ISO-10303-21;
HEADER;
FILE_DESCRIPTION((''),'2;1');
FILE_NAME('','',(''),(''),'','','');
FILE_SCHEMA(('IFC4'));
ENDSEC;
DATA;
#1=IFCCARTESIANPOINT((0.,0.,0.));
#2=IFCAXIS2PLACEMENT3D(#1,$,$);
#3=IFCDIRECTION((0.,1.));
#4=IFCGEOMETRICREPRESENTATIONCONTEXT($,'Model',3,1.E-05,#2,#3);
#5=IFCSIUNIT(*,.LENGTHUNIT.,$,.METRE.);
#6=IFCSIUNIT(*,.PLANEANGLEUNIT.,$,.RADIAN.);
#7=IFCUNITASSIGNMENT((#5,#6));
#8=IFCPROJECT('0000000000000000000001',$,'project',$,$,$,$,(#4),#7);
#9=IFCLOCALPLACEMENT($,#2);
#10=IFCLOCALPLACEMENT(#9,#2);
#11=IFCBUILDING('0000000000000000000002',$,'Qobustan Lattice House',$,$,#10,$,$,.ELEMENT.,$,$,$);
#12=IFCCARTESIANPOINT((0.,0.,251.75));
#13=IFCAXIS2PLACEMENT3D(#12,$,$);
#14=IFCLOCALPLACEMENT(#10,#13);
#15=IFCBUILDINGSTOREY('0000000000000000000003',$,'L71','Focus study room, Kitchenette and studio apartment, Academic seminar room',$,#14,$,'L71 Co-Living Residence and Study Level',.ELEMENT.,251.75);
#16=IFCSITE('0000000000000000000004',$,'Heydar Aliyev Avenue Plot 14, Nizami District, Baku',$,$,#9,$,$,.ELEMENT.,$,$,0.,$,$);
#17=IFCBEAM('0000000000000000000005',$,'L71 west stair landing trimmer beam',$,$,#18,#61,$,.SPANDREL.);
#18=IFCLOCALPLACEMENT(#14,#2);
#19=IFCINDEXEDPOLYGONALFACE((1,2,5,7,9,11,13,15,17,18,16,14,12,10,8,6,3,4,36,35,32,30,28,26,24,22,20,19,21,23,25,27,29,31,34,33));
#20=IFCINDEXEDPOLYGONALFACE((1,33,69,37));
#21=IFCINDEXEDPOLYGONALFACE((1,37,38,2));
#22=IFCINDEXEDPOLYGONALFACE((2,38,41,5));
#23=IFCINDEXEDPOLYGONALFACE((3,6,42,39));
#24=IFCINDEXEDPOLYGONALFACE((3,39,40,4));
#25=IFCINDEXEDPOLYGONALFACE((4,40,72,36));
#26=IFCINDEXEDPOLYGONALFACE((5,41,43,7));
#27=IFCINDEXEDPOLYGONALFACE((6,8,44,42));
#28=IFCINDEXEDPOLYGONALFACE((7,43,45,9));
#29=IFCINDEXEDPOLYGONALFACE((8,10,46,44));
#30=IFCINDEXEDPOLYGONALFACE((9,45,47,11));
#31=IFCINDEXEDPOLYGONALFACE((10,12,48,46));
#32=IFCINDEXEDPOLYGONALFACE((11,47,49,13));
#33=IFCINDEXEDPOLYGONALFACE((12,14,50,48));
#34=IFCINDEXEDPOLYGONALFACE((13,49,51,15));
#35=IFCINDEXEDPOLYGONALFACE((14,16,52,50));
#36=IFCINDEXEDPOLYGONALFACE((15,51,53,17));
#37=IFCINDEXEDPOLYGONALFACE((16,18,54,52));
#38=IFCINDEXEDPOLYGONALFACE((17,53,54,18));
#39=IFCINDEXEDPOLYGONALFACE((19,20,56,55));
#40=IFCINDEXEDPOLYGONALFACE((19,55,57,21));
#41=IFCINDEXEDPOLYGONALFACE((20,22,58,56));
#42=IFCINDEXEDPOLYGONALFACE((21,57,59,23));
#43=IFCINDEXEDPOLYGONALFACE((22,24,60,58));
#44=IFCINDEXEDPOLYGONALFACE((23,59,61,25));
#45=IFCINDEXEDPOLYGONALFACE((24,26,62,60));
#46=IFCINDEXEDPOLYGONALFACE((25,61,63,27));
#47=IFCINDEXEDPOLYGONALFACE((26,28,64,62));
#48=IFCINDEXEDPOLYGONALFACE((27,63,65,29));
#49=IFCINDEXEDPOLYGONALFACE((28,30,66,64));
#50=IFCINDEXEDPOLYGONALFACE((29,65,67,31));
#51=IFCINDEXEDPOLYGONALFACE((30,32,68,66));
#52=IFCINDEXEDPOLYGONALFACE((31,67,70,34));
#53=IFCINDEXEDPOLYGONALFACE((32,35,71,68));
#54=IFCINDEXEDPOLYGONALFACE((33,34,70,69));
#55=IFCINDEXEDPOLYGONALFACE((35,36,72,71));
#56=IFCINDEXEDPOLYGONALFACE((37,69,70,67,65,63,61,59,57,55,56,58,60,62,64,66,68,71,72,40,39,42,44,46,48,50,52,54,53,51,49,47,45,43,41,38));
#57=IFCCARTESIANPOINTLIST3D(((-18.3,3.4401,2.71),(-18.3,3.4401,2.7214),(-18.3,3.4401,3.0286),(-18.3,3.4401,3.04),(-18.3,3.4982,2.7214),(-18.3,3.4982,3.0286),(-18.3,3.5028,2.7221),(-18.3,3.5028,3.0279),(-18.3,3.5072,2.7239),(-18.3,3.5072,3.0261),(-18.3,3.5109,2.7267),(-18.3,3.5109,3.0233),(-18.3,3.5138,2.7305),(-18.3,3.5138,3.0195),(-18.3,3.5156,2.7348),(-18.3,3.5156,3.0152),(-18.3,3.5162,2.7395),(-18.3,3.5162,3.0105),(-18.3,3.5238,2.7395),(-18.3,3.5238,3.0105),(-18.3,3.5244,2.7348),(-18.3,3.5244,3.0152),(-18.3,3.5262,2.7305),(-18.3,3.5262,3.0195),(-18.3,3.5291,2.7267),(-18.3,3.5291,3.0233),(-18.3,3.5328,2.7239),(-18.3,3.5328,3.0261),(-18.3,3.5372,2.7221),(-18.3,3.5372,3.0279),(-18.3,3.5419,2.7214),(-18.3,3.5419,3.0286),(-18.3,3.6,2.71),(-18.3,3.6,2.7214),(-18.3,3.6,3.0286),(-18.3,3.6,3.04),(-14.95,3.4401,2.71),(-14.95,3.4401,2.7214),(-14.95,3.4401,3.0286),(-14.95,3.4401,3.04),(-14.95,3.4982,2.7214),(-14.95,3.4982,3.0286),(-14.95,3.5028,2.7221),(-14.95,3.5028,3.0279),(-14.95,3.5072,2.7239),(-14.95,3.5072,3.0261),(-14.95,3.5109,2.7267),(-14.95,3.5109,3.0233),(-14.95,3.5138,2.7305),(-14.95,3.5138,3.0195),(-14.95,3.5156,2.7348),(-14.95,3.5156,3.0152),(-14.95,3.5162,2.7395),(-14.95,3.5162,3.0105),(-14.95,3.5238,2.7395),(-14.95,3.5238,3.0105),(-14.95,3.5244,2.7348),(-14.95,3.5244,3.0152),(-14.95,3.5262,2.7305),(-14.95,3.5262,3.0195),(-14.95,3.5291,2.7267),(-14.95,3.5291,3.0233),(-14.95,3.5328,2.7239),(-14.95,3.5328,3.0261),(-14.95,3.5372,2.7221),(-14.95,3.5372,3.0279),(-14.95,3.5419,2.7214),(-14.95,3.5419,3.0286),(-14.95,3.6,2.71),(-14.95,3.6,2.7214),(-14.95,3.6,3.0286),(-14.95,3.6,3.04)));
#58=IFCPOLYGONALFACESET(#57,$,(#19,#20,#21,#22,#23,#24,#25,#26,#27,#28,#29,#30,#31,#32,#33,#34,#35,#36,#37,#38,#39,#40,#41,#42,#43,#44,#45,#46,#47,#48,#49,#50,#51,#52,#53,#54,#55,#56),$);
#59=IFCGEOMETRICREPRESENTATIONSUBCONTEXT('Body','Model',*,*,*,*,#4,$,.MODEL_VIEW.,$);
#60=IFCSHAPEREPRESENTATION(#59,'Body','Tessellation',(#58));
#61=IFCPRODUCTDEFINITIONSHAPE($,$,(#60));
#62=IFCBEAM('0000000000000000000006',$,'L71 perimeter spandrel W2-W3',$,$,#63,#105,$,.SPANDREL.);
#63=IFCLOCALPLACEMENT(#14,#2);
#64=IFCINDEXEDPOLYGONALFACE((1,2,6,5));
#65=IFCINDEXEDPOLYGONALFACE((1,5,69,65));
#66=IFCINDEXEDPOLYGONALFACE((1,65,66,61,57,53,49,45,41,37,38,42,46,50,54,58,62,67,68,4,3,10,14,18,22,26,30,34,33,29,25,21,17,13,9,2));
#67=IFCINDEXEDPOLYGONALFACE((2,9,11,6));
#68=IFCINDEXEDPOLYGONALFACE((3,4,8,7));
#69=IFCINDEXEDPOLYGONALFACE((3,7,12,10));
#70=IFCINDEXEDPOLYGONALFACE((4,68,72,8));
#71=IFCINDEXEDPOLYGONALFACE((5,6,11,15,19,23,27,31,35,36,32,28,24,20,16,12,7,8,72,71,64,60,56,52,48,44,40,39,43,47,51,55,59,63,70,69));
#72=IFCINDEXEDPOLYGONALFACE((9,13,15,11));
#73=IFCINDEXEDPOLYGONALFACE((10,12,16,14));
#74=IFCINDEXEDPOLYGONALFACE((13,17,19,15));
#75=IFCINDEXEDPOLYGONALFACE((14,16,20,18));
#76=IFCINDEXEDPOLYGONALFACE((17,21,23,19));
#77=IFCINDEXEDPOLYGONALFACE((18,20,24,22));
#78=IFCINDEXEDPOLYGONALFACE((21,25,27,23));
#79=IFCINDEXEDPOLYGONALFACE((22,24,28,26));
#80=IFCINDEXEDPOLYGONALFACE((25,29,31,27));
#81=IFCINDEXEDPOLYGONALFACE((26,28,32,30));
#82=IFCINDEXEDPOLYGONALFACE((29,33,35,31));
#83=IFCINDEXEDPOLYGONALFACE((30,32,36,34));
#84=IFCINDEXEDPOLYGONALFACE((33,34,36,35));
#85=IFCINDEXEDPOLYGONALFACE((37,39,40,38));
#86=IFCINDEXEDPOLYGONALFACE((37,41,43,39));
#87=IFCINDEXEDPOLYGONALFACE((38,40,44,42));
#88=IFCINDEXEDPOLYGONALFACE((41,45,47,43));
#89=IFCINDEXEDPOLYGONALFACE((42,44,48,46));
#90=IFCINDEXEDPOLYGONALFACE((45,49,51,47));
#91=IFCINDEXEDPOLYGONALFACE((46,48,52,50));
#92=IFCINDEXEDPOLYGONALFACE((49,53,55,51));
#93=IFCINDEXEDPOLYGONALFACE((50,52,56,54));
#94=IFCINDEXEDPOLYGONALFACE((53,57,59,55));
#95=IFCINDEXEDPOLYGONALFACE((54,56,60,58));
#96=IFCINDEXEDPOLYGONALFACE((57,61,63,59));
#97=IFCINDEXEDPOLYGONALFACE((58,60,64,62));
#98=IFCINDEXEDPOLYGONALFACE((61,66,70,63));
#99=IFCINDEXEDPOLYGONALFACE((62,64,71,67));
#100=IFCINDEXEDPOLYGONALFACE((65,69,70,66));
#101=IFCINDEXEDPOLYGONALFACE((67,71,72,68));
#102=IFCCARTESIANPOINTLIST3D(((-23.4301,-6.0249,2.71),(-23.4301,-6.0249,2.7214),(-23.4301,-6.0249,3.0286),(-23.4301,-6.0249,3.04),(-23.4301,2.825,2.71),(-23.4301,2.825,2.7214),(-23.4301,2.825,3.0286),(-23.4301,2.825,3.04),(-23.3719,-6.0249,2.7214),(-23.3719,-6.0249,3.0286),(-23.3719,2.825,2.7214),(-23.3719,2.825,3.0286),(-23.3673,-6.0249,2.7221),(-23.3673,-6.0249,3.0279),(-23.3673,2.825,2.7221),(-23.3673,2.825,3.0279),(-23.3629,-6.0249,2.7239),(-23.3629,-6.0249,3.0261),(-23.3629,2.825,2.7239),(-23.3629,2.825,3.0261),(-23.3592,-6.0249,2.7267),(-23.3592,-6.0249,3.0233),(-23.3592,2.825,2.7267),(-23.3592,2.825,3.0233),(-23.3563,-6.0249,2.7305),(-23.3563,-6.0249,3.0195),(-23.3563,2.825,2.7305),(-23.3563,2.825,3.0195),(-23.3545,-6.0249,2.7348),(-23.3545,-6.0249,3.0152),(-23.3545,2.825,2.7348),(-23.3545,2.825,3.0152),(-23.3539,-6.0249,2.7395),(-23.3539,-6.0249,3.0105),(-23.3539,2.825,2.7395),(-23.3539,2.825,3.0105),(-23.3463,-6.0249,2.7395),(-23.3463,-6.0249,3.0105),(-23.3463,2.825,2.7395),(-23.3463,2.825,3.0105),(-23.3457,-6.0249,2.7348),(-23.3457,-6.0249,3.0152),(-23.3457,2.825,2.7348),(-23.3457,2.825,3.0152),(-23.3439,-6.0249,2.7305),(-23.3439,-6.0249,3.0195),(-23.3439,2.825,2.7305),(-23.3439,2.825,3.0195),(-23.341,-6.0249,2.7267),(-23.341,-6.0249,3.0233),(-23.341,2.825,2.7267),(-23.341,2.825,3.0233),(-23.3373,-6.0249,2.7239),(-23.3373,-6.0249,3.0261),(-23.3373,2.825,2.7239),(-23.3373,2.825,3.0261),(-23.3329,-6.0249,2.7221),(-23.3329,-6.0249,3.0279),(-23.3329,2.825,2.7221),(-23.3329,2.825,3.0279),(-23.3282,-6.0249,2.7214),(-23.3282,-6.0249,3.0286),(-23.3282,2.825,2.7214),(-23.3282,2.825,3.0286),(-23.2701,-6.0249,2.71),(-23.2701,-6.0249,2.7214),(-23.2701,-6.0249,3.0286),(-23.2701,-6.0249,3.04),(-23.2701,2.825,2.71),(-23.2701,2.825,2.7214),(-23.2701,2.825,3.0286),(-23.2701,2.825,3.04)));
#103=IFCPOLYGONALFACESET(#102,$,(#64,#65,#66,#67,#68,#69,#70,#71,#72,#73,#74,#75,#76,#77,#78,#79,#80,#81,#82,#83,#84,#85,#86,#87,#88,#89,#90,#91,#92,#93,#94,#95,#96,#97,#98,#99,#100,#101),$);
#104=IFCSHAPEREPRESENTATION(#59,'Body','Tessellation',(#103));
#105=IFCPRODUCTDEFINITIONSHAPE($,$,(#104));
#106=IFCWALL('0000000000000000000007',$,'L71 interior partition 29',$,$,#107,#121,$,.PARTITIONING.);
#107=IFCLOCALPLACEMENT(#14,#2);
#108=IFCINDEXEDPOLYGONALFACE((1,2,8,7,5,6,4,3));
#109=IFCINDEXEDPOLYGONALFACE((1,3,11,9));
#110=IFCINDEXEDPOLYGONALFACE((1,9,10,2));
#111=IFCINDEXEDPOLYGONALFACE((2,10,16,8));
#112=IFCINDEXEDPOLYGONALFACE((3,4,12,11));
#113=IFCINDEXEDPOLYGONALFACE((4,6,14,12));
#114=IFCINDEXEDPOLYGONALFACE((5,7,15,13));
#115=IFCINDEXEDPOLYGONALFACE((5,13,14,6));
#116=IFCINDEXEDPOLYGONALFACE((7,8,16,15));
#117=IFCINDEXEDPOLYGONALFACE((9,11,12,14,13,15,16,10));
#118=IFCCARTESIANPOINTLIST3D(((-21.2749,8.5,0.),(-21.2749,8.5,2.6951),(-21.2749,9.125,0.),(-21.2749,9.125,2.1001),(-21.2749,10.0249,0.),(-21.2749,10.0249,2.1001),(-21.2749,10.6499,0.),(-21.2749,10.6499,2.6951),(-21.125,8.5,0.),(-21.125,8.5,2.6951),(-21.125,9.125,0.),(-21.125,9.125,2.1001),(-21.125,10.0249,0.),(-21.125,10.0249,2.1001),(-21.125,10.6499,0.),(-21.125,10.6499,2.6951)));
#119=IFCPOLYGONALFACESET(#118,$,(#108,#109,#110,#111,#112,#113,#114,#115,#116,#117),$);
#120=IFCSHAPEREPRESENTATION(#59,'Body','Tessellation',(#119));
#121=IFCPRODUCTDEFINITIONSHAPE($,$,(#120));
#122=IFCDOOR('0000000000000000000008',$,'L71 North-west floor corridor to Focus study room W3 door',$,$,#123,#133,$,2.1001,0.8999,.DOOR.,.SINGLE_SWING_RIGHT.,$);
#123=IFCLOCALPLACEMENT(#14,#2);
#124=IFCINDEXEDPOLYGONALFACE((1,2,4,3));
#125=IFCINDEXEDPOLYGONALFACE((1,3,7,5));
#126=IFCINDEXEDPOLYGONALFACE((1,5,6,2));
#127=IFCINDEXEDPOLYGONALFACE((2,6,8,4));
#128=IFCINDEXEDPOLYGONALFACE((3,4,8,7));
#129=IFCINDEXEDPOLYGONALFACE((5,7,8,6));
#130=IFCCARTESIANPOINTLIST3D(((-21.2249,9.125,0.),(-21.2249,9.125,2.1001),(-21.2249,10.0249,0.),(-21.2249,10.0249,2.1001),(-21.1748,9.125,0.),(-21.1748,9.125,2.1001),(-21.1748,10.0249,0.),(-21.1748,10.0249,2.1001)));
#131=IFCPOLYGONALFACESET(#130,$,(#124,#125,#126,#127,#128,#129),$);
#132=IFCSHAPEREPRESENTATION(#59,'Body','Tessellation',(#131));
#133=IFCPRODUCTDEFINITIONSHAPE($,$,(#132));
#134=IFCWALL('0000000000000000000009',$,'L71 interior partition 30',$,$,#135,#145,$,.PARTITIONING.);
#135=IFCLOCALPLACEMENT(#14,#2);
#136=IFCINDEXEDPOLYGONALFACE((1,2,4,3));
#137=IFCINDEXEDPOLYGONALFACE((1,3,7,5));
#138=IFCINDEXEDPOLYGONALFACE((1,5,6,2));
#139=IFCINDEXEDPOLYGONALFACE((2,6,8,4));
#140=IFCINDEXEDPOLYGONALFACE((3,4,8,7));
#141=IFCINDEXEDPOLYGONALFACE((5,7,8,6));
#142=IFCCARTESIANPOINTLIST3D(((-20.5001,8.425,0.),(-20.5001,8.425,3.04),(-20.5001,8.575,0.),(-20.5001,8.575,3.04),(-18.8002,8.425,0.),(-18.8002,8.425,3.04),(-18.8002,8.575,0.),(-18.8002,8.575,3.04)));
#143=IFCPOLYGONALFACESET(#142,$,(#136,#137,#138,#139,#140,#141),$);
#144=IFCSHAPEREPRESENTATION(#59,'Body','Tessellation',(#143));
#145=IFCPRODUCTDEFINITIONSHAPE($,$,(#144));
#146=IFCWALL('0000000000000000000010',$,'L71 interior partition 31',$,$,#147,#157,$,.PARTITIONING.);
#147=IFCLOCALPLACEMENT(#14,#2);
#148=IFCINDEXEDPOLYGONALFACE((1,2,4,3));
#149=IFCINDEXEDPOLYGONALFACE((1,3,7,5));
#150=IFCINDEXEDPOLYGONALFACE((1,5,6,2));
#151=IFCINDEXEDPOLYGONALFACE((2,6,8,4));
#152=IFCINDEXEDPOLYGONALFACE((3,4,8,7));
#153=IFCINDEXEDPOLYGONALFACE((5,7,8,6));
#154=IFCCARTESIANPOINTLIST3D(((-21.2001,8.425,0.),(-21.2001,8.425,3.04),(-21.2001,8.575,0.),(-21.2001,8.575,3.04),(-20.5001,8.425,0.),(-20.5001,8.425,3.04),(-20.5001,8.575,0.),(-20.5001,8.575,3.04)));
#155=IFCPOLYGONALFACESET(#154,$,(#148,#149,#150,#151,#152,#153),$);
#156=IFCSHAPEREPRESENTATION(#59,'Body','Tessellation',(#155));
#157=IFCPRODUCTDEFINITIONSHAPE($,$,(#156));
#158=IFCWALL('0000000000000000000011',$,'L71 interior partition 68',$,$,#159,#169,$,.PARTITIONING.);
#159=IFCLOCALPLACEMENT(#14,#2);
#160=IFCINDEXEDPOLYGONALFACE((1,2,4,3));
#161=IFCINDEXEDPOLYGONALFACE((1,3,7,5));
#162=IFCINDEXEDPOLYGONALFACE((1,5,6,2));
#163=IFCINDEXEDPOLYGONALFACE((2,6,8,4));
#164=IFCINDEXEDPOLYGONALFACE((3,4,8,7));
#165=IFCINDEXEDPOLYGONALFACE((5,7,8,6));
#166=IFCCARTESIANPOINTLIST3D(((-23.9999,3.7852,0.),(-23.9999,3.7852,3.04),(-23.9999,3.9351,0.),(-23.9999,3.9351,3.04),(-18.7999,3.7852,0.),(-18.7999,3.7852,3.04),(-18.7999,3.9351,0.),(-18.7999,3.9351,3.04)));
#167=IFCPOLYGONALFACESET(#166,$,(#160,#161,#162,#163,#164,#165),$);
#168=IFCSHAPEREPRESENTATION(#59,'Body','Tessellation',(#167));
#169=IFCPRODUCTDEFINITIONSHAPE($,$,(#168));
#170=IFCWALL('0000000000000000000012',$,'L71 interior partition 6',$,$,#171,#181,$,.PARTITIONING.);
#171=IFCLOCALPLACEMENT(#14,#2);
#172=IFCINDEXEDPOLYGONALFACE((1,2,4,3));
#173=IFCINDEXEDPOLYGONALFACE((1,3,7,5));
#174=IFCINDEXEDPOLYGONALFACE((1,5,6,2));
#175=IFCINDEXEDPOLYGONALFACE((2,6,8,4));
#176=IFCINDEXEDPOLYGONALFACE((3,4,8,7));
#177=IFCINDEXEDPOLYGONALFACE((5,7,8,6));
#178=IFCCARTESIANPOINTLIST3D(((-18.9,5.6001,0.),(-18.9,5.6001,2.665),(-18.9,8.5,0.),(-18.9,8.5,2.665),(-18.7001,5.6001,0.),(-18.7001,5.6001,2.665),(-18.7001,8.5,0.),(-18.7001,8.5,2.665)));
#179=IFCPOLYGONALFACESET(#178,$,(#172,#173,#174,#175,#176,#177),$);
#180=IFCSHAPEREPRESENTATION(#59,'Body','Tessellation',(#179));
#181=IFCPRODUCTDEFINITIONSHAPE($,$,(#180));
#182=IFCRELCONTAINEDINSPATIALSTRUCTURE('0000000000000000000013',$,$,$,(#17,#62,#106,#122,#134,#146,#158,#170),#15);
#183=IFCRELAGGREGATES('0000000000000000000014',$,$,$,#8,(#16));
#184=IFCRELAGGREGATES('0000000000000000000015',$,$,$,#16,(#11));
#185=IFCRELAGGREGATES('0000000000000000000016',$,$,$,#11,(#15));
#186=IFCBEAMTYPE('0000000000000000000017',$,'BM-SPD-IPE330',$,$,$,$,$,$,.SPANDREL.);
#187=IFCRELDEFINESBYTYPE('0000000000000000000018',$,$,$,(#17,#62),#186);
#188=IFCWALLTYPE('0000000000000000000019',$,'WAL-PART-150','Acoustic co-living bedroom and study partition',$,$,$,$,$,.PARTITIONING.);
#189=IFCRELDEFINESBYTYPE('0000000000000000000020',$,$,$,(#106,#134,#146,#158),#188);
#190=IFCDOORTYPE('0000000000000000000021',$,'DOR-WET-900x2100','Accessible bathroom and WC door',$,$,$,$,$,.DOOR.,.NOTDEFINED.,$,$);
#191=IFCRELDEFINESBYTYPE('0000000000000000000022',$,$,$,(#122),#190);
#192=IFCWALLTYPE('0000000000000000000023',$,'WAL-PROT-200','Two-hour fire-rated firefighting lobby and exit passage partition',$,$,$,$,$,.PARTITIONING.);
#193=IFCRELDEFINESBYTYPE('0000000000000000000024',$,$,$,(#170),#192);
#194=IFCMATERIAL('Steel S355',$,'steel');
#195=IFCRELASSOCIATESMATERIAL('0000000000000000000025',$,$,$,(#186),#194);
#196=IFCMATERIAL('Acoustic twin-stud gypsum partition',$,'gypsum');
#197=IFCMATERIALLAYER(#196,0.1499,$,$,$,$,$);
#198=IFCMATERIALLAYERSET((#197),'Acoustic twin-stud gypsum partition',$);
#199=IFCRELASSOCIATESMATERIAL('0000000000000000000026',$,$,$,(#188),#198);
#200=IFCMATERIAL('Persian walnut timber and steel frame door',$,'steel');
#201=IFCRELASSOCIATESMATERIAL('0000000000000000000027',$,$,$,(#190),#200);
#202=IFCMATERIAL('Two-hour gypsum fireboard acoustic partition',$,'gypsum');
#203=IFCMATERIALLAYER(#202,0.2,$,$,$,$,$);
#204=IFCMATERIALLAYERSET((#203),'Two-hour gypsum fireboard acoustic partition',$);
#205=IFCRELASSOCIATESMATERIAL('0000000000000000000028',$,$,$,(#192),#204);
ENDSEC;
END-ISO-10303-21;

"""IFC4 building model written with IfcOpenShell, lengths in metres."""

from ifc_helpers import new_model, si_unit, direction, frame, frame_2d, origin, origin_2d, place, context, subcontext, project, spatial, rectangle, i_section, extrude, material, layer, layer_set, material_profile, profile_set, type_object, element, fill, save


model = new_model("IFC4")

# Units and contexts
model_context = context("Model", 3, precision=1e-05, world=origin(), true_north=direction((0.0, 1.0)))
body_context = subcontext(model_context, "Body", "Model", "MODEL_VIEW")
ifc_project = project(units=[si_unit("LENGTHUNIT", "METRE"), si_unit("PLANEANGLEUNIT", "RADIAN")], contexts=[model_context])

# Site, building, storey
site_placement = place(None, origin())
site = spatial("IfcSite", under=ifc_project, at=site_placement, Name="Heydar Aliyev Avenue Plot 14, Nizami District, Baku", CompositionType="ELEMENT", RefElevation=0.0)
building_placement = place(site_placement, origin())
building = spatial("IfcBuilding", under=site, at=building_placement, Name="Qobustan Lattice House", CompositionType="ELEMENT")
storey_placement = place(building_placement, frame((0.0, 0.0, 251.75)))
storey = spatial("IfcBuildingStorey", under=building, at=storey_placement, Name="L71", Description="Focus study room, Kitchenette and studio apartment, Academic seminar room", LongName="L71 Co-Living Residence and Study Level", CompositionType="ELEMENT", Elevation=251.75)

# Beams
ifc_material_1 = material(Name="Steel S355", Category="steel")
ifc_material_profile_1 = material_profile(ifc_material_1, i_section(OverallWidth=0.1599, OverallDepth=0.3301, WebThickness=0.0076, FlangeThickness=0.0115, FilletRadius=0.0181, at=origin_2d()), Name="IPE330")
ifc_profile_set_1 = profile_set([ifc_material_profile_1], Name="Steel S355")
beam_type_1 = type_object("IfcBeamType", Name="BM-SPD-IPE330", PredefinedType="SPANDREL", material=ifc_profile_set_1)
beam_1_placement = place(storey_placement, frame((-18.3, 3.52, 2.875), z_axis=(1.0, 0.0, 0.0), x_axis=(0.0, 1.0, 0.0)))
element("IfcBeam", 1, at=beam_1_placement, inside=storey, type_object=beam_type_1, Name="L71 west stair landing trimmer beam", PredefinedType="SPANDREL", context=body_context, shape_type="SweptSolid", body=[
    extrude(i_section(OverallWidth=0.1599, OverallDepth=0.3301, WebThickness=0.0076, FlangeThickness=0.0115, FilletRadius=0.0181, at=origin_2d()), origin(), (0.0, 0.0, 1.0), 3.3501),
])
beam_2_placement = place(storey_placement, frame((-23.3501, 2.825, 2.875), z_axis=(0.0, -1.0, 0.0), x_axis=(1.0, 0.0, 0.0)))
element("IfcBeam", 2, at=beam_2_placement, inside=storey, type_object=beam_type_1, Name="L71 perimeter spandrel W2-W3", PredefinedType="SPANDREL", context=body_context, shape_type="SweptSolid", body=[
    extrude(i_section(OverallWidth=0.1599, OverallDepth=0.3301, WebThickness=0.0076, FlangeThickness=0.0115, FilletRadius=0.0181, at=origin_2d()), origin(), (0.0, 0.0, 1.0), 8.8499),
])

# Wall, opening, door
ifc_material_2 = material(Name="Acoustic twin-stud gypsum partition", Category="gypsum")
ifc_layer_1 = layer(ifc_material_2, 0.1499)
ifc_layer_set_1 = layer_set([ifc_layer_1], Name="Acoustic twin-stud gypsum partition")
wall_type_1 = type_object("IfcWallType", Name="WAL-PART-150", Description="Acoustic co-living bedroom and study partition", PredefinedType="PARTITIONING", material=ifc_layer_set_1)
wall_1_placement = place(storey_placement, frame((-21.2, 8.5, 0.0), z_axis=(0.0, 0.0, 1.0), x_axis=(0.0, 1.0, 0.0)))
wall_1 = element("IfcWall", 3, at=wall_1_placement, inside=storey, type_object=wall_type_1, Name="L71 interior partition 29", PredefinedType="PARTITIONING", context=body_context, shape_type="SweptSolid", body=[
    extrude(rectangle(XDim=2.1499, YDim=0.1499, at=frame_2d((1.075, 0.0))), origin(), (0.0, 0.0, 1.0), 2.6951),
])
opening_1_placement = place(wall_1_placement, frame((0.625, 0.0, 0.0)))
opening_1 = element("IfcOpeningElement", 4, at=opening_1_placement, cuts=wall_1, PredefinedType="OPENING", context=body_context, shape_type="SweptSolid", body=[
    extrude(rectangle(XDim=0.8999, YDim=2.1001, at=frame_2d((0.45, 1.05))), frame((0.0, 0.085, 0.0), z_axis=(0.0, -1.0, 0.0), x_axis=(1.0, 0.0, 0.0)), (0.0, 0.0, 1.0), 0.1699),
])
ifc_material_3 = material(Name="Persian walnut timber and steel frame door", Category="steel")
door_type_1 = type_object("IfcDoorType", Name="DOR-WET-900x2100", Description="Accessible bathroom and WC door", OperationType="NOTDEFINED", PredefinedType="DOOR", material=ifc_material_3)
door_1_placement = place(opening_1_placement, origin())
door_1 = element("IfcDoor", 5, at=door_1_placement, inside=storey, type_object=door_type_1, Name="L71 North-west floor corridor to Focus study room W3 door", OperationType="SINGLE_SWING_RIGHT", OverallHeight=2.1001, OverallWidth=0.8999, PredefinedType="DOOR", context=body_context, shape_type="SweptSolid", body=[
    extrude(rectangle(XDim=0.8999, YDim=2.1001, at=frame_2d((0.45, 1.05))), frame((0.0, 0.0249, 0.0), z_axis=(0.0, -1.0, 0.0), x_axis=(1.0, 0.0, 0.0)), (0.0, 0.0, 1.0), 0.05),
])
fill(opening_1, door_1)

# Walls
wall_2_placement = place(storey_placement, frame((-18.8, 8.5, 0.0), z_axis=(0.0, 0.0, 1.0), x_axis=(-1.0, 0.0, 0.0)))
element("IfcWall", 6, at=wall_2_placement, inside=storey, type_object=wall_type_1, Name="L71 interior partition 30", PredefinedType="PARTITIONING", context=body_context, shape_type="SweptSolid", body=[
    extrude(rectangle(XDim=1.7, YDim=0.1499, at=frame_2d((0.8501, 0.0))), origin(), (0.0, 0.0, 1.0), 3.04),
])
wall_3_placement = place(storey_placement, frame((-20.5, 8.5, 0.0), z_axis=(0.0, 0.0, 1.0), x_axis=(-1.0, 0.0, 0.0)))
element("IfcWall", 7, at=wall_3_placement, inside=storey, type_object=wall_type_1, Name="L71 interior partition 31", PredefinedType="PARTITIONING", context=body_context, shape_type="SweptSolid", body=[
    extrude(rectangle(XDim=0.7, YDim=0.1499, at=frame_2d((0.3501, 0.0))), origin(), (0.0, 0.0, 1.0), 3.04),
])
wall_4_placement = place(storey_placement, frame((-24.0, 3.8601, 0.0), z_axis=(0.0, 0.0, 1.0), x_axis=(1.0, 0.0, 0.0)))
element("IfcWall", 8, at=wall_4_placement, inside=storey, type_object=wall_type_1, Name="L71 interior partition 68", PredefinedType="PARTITIONING", context=body_context, shape_type="SweptSolid", body=[
    extrude(rectangle(XDim=5.2, YDim=0.1499, at=frame_2d((2.6001, 0.0))), origin(), (0.0, 0.0, 1.0), 3.04),
])
ifc_material_4 = material(Name="Two-hour gypsum fireboard acoustic partition", Category="gypsum")
ifc_layer_2 = layer(ifc_material_4, 0.2)
ifc_layer_set_2 = layer_set([ifc_layer_2], Name="Two-hour gypsum fireboard acoustic partition")
wall_type_2 = type_object("IfcWallType", Name="WAL-PROT-200", Description="Two-hour fire-rated firefighting lobby and exit passage partition", PredefinedType="PARTITIONING", material=ifc_layer_set_2)
wall_5_placement = place(storey_placement, frame((-18.8, 8.5, 0.0), z_axis=(0.0, 0.0, 1.0), x_axis=(0.0, -1.0, 0.0)))
element("IfcWall", 9, at=wall_5_placement, inside=storey, type_object=wall_type_2, Name="L71 interior partition 6", PredefinedType="PARTITIONING", context=body_context, shape_type="SweptSolid", body=[
    extrude(rectangle(XDim=2.8999, YDim=0.2, at=frame_2d((1.45, 0.0))), origin(), (0.0, 0.0, 1.0), 2.665),
])

save(model, "model.ifc")
